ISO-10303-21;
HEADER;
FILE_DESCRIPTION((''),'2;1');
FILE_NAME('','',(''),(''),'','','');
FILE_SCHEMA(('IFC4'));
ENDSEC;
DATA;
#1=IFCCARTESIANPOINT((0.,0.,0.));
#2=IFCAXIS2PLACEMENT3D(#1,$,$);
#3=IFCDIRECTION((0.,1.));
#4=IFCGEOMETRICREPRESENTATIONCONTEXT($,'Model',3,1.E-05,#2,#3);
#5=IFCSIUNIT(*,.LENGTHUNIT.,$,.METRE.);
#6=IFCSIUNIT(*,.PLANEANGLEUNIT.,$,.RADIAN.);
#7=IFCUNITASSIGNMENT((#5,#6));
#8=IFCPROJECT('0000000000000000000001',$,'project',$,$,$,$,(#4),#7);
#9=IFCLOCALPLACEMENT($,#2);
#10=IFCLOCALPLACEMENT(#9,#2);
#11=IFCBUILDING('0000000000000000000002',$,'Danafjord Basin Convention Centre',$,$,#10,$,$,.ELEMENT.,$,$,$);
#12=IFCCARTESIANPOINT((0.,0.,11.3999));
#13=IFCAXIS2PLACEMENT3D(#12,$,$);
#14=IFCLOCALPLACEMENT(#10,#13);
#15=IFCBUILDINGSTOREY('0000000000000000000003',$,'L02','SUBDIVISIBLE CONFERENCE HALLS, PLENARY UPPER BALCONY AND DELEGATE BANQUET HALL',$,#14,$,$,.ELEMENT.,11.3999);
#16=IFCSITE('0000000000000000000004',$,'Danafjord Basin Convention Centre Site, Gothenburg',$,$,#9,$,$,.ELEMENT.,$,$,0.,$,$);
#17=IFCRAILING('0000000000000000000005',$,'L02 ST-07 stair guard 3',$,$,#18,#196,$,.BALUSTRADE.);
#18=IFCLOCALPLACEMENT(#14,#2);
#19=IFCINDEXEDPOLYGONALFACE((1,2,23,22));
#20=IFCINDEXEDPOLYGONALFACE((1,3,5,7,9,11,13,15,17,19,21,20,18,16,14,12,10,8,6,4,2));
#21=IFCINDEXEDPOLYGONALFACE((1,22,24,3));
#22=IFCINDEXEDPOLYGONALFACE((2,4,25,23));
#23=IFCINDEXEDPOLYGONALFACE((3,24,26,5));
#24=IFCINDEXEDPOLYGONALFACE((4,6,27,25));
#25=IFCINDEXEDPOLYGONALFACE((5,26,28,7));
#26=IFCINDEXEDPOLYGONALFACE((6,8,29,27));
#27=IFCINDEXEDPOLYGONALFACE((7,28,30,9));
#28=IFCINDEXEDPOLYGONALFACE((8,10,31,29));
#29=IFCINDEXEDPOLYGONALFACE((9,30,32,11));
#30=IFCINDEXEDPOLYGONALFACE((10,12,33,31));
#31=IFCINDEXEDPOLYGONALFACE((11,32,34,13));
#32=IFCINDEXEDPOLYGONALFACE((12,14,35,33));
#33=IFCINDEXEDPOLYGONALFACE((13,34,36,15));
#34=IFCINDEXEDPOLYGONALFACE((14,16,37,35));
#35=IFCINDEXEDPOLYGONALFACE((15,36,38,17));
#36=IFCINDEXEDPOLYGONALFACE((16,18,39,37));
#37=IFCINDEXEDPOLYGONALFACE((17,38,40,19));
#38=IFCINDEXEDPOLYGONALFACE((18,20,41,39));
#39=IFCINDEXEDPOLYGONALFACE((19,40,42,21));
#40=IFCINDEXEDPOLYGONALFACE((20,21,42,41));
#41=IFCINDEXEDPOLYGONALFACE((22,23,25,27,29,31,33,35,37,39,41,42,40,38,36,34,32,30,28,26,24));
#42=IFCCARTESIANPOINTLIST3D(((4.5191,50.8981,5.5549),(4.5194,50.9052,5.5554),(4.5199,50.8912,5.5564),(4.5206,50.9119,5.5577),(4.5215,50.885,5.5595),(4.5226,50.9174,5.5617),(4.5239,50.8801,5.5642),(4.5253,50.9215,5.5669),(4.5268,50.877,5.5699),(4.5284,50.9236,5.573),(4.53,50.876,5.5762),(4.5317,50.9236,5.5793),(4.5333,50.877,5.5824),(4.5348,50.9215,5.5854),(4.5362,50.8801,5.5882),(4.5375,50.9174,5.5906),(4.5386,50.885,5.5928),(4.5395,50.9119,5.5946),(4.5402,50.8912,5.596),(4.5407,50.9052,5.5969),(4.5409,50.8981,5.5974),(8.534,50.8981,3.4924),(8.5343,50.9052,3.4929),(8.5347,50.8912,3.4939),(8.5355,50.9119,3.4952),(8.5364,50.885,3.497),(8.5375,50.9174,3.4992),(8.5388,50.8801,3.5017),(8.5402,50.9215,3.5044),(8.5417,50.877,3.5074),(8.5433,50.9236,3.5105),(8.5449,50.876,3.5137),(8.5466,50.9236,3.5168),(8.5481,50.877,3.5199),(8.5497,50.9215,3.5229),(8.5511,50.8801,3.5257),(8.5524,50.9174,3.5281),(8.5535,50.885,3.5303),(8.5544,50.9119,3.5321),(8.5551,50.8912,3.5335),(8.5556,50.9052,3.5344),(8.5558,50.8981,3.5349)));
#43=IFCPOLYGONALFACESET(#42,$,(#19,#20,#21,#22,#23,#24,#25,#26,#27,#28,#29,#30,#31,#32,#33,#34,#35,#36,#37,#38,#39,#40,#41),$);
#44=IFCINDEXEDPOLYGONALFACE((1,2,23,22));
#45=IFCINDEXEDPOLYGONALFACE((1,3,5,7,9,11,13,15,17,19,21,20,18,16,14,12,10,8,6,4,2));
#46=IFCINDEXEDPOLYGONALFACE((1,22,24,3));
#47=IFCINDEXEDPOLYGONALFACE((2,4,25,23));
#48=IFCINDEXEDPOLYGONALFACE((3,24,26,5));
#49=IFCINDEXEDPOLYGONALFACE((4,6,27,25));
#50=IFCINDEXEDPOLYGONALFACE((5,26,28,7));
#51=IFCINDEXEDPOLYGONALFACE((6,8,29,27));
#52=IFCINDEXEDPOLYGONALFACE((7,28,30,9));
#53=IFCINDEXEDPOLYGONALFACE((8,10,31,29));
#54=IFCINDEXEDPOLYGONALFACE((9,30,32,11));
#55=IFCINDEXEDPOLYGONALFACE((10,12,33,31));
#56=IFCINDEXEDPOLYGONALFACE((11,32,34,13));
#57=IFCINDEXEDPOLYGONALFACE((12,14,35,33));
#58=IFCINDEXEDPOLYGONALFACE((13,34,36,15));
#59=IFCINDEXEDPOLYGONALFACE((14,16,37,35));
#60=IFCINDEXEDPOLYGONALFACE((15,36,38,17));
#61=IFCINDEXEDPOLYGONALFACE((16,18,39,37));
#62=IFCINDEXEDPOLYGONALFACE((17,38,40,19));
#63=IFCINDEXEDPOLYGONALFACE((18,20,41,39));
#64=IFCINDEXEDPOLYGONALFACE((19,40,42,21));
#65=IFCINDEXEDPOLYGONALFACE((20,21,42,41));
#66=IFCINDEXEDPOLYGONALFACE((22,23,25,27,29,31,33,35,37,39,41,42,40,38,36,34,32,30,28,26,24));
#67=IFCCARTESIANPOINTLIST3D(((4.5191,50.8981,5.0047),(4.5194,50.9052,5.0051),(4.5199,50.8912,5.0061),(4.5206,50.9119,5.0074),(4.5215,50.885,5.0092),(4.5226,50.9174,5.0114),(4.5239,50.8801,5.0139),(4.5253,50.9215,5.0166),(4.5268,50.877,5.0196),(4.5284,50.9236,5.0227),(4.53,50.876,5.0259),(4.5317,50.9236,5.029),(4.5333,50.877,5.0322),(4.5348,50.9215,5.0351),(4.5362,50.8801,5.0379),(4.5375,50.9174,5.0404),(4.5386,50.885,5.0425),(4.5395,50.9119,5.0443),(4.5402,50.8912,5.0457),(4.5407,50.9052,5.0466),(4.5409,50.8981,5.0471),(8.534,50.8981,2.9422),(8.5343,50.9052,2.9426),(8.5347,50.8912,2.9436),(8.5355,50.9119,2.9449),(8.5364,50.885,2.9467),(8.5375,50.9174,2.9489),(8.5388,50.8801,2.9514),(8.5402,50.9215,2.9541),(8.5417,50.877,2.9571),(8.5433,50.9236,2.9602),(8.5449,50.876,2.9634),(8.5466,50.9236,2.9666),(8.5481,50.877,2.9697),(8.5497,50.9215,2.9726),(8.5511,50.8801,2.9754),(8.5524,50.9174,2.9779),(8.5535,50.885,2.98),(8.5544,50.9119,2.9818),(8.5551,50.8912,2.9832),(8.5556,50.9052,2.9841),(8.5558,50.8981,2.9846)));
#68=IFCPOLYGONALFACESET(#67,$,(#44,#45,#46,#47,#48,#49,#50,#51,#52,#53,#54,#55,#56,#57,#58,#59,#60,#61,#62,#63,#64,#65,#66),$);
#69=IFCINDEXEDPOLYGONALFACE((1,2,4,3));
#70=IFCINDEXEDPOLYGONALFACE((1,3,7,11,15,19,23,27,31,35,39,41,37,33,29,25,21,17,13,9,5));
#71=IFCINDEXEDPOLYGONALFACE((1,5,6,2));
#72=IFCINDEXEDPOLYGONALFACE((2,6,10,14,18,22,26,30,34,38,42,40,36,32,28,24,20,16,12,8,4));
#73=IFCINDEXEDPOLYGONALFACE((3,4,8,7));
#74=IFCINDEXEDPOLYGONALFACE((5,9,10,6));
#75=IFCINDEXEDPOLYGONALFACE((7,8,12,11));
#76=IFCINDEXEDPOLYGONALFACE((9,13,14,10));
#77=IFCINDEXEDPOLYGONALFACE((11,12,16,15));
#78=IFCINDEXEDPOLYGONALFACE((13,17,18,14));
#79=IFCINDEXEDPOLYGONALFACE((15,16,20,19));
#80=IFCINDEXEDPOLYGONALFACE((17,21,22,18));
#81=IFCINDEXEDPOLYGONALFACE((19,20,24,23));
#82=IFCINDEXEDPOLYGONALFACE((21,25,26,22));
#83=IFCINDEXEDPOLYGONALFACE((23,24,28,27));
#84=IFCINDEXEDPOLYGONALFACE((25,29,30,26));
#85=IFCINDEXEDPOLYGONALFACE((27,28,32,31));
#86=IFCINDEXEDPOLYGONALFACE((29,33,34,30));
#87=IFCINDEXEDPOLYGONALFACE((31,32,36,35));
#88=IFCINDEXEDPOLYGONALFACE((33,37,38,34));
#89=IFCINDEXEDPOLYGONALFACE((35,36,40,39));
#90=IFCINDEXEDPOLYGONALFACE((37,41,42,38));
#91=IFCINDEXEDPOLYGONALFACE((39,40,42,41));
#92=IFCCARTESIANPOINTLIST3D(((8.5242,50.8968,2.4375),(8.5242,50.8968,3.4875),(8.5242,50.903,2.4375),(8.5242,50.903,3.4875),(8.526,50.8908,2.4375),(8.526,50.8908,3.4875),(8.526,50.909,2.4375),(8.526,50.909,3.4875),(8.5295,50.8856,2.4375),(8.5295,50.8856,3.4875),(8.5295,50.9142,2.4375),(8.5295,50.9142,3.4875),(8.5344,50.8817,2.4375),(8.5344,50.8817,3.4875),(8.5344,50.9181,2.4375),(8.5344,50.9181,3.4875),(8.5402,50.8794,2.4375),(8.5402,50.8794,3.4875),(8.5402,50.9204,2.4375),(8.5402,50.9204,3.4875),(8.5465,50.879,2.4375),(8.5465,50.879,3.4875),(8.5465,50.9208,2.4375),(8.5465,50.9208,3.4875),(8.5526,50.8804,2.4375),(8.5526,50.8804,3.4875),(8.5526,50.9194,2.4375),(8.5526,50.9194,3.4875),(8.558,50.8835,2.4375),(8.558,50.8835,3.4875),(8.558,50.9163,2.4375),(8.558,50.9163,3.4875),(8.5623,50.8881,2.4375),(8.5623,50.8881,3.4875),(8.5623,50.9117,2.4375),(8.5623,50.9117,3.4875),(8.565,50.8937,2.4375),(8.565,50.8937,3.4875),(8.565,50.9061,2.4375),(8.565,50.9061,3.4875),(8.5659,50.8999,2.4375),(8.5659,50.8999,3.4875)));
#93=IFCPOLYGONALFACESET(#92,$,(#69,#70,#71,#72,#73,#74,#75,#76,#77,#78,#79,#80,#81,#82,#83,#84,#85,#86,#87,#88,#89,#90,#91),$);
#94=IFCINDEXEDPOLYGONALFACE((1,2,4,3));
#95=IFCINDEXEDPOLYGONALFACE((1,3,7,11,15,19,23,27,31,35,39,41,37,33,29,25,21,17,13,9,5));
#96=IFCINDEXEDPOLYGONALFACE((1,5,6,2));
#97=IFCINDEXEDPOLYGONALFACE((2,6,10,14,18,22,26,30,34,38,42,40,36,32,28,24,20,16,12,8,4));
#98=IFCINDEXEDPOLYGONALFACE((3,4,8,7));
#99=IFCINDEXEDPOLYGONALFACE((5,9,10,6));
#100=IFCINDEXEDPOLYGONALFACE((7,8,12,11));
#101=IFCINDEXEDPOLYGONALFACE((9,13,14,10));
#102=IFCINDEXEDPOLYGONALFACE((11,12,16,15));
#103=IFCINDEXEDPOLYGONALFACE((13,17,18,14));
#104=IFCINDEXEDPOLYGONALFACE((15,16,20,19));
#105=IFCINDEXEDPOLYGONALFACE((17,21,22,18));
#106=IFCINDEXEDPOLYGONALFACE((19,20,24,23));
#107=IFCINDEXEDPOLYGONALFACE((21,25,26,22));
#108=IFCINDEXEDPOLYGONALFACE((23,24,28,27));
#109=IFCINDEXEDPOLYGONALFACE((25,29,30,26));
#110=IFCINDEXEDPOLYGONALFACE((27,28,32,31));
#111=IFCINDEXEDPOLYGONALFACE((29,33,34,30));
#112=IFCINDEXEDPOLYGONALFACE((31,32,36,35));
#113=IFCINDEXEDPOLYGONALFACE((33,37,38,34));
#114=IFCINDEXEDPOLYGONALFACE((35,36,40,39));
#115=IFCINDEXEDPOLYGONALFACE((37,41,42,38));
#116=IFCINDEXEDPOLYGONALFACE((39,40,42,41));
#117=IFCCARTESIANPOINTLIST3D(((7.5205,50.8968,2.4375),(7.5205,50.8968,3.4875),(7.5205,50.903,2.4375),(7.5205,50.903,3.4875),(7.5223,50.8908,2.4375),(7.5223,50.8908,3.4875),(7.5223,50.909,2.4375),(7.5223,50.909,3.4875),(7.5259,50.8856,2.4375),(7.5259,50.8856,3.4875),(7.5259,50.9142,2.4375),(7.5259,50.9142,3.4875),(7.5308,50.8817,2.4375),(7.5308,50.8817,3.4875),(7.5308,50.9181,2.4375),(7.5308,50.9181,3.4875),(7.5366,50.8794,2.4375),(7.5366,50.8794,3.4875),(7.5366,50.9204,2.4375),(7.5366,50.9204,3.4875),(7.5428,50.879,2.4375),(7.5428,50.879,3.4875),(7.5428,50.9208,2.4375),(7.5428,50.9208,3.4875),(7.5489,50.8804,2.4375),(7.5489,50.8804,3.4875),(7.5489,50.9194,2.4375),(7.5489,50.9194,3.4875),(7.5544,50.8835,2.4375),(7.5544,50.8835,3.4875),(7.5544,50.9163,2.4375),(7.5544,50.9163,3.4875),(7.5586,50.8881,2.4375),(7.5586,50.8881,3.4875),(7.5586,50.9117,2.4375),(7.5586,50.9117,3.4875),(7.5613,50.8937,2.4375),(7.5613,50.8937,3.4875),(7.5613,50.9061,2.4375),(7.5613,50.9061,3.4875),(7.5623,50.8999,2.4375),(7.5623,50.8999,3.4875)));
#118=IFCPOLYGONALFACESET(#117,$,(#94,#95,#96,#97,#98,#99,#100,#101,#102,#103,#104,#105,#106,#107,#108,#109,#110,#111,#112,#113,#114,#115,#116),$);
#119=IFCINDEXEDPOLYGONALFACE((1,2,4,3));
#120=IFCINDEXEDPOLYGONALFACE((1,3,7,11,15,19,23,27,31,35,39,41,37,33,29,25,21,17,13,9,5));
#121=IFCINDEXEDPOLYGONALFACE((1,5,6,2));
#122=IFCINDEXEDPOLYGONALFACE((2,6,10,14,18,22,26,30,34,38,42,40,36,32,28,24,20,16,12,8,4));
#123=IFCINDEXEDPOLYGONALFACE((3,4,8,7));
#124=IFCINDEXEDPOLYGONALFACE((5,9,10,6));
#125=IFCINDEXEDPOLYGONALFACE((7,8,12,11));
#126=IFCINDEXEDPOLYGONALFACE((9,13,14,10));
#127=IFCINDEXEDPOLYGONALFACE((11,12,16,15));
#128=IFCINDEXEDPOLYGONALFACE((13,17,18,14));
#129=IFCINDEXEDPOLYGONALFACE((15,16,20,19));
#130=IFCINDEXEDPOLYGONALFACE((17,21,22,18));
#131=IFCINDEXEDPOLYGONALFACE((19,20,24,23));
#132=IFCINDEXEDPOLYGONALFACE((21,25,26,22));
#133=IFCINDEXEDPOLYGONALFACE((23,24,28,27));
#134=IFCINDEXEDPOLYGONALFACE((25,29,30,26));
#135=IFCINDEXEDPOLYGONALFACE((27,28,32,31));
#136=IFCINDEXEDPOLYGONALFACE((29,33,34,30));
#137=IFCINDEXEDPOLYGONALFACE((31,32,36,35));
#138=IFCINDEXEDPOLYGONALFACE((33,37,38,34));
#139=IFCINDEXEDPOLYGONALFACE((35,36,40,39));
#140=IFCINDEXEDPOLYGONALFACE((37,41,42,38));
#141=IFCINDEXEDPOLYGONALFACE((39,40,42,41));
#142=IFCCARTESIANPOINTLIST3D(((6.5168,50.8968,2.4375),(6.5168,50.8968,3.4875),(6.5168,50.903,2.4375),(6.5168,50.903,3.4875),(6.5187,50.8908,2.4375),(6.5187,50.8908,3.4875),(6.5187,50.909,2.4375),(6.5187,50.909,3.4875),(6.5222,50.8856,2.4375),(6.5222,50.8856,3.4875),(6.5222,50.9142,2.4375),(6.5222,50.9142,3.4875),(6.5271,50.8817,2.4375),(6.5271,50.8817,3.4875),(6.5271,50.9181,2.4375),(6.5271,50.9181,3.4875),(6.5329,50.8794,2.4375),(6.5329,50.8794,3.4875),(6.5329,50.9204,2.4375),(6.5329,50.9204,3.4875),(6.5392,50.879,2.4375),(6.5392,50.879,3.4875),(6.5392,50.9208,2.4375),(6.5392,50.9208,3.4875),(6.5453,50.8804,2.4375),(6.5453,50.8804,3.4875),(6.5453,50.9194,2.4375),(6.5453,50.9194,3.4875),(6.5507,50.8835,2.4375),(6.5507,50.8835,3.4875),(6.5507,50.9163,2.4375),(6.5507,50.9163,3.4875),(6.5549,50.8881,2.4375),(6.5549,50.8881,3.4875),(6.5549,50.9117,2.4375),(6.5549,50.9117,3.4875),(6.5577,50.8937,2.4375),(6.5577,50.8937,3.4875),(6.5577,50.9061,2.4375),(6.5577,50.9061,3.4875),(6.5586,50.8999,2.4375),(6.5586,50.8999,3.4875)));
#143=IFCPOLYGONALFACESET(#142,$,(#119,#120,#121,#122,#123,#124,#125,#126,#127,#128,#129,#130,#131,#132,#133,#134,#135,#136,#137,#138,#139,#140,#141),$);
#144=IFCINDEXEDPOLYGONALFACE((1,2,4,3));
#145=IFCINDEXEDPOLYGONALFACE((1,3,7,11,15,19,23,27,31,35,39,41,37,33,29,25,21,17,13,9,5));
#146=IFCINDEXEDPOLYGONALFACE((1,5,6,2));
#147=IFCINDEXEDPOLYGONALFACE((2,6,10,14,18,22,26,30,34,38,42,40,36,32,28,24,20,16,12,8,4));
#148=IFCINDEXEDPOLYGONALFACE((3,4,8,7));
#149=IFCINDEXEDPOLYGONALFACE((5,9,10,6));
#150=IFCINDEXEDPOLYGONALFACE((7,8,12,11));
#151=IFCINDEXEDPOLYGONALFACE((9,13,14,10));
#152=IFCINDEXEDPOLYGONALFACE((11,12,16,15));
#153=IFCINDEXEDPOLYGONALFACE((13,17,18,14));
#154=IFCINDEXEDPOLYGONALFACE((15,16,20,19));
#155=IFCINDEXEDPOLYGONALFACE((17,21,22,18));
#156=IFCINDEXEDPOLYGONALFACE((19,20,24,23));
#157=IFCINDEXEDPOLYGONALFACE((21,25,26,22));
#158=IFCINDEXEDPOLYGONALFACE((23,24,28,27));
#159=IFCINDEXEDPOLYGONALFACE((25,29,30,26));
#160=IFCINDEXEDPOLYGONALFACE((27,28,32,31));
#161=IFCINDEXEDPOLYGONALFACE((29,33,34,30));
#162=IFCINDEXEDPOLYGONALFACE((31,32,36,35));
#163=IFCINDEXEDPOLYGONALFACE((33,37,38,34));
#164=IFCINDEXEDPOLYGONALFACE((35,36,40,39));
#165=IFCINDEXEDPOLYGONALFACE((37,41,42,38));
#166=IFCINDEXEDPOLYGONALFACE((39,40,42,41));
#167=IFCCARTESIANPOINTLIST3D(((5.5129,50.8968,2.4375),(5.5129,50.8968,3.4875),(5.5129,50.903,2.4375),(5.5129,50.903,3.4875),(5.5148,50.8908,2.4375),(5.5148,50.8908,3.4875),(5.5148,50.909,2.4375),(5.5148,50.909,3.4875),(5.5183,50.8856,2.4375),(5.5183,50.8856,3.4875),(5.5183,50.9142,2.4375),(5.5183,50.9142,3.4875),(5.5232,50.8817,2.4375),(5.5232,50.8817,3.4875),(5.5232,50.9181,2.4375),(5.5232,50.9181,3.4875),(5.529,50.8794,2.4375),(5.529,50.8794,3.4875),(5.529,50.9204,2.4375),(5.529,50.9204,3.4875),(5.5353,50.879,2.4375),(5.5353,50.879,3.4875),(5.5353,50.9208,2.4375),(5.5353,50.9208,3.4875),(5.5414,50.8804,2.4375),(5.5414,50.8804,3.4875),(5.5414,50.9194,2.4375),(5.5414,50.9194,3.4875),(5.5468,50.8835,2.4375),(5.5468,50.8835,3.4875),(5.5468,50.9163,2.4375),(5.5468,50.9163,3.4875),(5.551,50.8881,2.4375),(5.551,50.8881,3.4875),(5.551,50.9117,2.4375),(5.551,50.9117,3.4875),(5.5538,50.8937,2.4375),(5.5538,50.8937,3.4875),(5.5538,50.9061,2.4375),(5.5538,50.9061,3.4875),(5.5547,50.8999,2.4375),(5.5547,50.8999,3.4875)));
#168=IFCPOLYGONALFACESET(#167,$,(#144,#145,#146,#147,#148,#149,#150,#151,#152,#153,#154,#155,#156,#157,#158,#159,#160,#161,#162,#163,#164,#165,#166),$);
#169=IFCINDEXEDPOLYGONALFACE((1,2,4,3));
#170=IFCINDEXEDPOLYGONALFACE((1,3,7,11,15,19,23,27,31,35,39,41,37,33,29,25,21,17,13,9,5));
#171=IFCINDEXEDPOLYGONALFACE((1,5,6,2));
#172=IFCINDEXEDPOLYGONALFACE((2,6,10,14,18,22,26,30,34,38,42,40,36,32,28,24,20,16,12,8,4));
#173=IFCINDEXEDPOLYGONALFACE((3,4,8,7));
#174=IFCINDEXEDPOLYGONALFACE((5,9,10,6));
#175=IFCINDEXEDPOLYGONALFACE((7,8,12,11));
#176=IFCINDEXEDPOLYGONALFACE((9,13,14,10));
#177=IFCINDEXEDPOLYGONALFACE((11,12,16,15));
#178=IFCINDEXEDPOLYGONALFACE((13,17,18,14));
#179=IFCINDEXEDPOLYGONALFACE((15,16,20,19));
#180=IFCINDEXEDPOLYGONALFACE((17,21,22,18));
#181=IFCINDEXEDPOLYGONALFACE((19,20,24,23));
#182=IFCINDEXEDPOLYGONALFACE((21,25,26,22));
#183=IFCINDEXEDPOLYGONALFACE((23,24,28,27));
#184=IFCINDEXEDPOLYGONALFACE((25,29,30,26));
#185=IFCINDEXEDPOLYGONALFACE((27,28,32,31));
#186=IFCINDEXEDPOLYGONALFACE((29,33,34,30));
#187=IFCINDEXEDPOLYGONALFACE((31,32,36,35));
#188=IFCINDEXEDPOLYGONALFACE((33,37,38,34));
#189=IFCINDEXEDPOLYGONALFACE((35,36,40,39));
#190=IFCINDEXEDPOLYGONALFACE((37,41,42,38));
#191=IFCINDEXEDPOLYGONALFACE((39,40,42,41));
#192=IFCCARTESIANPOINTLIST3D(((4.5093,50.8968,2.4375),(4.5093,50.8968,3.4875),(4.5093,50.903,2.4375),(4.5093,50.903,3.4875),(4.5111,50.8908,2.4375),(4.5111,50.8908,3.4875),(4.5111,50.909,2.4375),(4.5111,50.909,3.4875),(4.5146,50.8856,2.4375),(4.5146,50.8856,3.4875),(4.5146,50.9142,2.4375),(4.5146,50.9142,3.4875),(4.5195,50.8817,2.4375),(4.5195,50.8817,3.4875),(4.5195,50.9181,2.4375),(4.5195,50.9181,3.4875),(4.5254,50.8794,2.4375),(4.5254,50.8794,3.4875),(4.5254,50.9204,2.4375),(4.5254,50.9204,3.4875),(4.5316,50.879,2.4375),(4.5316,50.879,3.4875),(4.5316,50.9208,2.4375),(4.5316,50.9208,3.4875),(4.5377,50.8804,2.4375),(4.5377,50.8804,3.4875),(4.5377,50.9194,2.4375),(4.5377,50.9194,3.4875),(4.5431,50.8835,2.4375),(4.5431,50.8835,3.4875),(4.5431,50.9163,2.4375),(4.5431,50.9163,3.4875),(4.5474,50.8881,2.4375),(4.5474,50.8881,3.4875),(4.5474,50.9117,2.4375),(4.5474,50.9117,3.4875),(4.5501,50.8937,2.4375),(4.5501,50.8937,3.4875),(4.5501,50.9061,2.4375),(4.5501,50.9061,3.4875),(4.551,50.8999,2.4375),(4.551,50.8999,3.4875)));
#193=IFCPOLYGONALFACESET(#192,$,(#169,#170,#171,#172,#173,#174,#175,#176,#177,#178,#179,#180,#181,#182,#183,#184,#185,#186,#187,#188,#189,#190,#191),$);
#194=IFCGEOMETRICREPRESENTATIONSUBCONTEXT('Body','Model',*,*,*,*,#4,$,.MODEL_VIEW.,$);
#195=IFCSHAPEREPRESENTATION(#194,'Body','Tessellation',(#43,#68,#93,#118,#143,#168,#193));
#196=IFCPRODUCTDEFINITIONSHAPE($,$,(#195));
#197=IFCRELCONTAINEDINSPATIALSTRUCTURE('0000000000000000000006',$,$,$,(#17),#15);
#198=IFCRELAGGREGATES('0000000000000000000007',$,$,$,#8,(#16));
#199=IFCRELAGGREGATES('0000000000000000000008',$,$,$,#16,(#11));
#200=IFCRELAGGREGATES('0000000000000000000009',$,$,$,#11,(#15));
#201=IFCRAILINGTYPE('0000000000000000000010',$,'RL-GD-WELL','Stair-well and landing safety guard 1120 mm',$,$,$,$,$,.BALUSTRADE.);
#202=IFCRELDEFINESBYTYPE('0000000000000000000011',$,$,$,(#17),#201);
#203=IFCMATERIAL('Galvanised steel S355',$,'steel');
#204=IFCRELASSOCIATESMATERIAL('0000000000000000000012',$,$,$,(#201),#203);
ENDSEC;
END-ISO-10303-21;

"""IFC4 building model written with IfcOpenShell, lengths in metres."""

from ifc_helpers import new_model, si_unit, direction, frame, origin, origin_2d, place, context, subcontext, project, spatial, circle, extrude, material, type_object, element, save


model = new_model("IFC4")

# Units and contexts
model_context = context("Model", 3, precision=1e-05, world=origin(), true_north=direction((0.0, 1.0)))
body_context = subcontext(model_context, "Body", "Model", "MODEL_VIEW")
ifc_project = project(units=[si_unit("LENGTHUNIT", "METRE"), si_unit("PLANEANGLEUNIT", "RADIAN")], contexts=[model_context])

# Site, building, storey
site_placement = place(None, origin())
site = spatial("IfcSite", under=ifc_project, at=site_placement, Name="Danafjord Basin Convention Centre Site, Gothenburg", CompositionType="ELEMENT", RefElevation=0.0)
building_placement = place(site_placement, origin())
building = spatial("IfcBuilding", under=site, at=building_placement, Name="Danafjord Basin Convention Centre", CompositionType="ELEMENT")
storey_placement = place(building_placement, frame((0.0, 0.0, 11.3999)))
storey = spatial("IfcBuildingStorey", under=building, at=storey_placement, Name="L02", Description="SUBDIVISIBLE CONFERENCE HALLS, PLENARY UPPER BALCONY AND DELEGATE BANQUET HALL", CompositionType="ELEMENT", Elevation=11.3999)

# Railing
ifc_material_1 = material(Name="Galvanised steel S355", Category="steel")
railing_type_1 = type_object("IfcRailingType", Name="RL-GD-WELL", Description="Stair-well and landing safety guard 1120 mm", PredefinedType="BALUSTRADE", material=ifc_material_1)
railing_1_placement = place(storey_placement, frame((8.5449, 50.8999, 2.4375)))
element("IfcRailing", 1, at=railing_1_placement, inside=storey, type_object=railing_type_1, Name="L02 ST-07 stair guard 3", PredefinedType="BALUSTRADE", context=body_context, shape_type="SweptSolid", body=[
    extrude(circle(Radius=0.0239, at=origin_2d()), frame((0.0, 0.0, 1.0762), z_axis=(-0.889495, 0.0, 0.456945), x_axis=(0.0, -1.0, 0.0)), (0.0, 0.0, 1.0), 4.5137),
    extrude(circle(Radius=0.0239, at=origin_2d()), frame((0.0, 0.0, 0.5259), z_axis=(-0.889495, 0.0, 0.456945), x_axis=(0.0, -1.0, 0.0)), (0.0, 0.0, 1.0), 4.5137),
    extrude(circle(Radius=0.021, at=origin_2d()), origin(), (0.0, 0.0, 1.0), 1.05),
    extrude(circle(Radius=0.021, at=origin_2d()), frame((-1.0037, 0.0, 0.0)), (0.0, 0.0, 1.0), 1.05),
    extrude(circle(Radius=0.021, at=origin_2d()), frame((-2.0073, 0.0, 0.0)), (0.0, 0.0, 1.0), 1.05),
    extrude(circle(Radius=0.021, at=origin_2d()), frame((-3.0112, 0.0, 0.0)), (0.0, 0.0, 1.0), 1.05),
    extrude(circle(Radius=0.021, at=origin_2d()), frame((-4.0149, 0.0, 0.0)), (0.0, 0.0, 1.0), 1.05),
])

save(model, "model.ifc")
